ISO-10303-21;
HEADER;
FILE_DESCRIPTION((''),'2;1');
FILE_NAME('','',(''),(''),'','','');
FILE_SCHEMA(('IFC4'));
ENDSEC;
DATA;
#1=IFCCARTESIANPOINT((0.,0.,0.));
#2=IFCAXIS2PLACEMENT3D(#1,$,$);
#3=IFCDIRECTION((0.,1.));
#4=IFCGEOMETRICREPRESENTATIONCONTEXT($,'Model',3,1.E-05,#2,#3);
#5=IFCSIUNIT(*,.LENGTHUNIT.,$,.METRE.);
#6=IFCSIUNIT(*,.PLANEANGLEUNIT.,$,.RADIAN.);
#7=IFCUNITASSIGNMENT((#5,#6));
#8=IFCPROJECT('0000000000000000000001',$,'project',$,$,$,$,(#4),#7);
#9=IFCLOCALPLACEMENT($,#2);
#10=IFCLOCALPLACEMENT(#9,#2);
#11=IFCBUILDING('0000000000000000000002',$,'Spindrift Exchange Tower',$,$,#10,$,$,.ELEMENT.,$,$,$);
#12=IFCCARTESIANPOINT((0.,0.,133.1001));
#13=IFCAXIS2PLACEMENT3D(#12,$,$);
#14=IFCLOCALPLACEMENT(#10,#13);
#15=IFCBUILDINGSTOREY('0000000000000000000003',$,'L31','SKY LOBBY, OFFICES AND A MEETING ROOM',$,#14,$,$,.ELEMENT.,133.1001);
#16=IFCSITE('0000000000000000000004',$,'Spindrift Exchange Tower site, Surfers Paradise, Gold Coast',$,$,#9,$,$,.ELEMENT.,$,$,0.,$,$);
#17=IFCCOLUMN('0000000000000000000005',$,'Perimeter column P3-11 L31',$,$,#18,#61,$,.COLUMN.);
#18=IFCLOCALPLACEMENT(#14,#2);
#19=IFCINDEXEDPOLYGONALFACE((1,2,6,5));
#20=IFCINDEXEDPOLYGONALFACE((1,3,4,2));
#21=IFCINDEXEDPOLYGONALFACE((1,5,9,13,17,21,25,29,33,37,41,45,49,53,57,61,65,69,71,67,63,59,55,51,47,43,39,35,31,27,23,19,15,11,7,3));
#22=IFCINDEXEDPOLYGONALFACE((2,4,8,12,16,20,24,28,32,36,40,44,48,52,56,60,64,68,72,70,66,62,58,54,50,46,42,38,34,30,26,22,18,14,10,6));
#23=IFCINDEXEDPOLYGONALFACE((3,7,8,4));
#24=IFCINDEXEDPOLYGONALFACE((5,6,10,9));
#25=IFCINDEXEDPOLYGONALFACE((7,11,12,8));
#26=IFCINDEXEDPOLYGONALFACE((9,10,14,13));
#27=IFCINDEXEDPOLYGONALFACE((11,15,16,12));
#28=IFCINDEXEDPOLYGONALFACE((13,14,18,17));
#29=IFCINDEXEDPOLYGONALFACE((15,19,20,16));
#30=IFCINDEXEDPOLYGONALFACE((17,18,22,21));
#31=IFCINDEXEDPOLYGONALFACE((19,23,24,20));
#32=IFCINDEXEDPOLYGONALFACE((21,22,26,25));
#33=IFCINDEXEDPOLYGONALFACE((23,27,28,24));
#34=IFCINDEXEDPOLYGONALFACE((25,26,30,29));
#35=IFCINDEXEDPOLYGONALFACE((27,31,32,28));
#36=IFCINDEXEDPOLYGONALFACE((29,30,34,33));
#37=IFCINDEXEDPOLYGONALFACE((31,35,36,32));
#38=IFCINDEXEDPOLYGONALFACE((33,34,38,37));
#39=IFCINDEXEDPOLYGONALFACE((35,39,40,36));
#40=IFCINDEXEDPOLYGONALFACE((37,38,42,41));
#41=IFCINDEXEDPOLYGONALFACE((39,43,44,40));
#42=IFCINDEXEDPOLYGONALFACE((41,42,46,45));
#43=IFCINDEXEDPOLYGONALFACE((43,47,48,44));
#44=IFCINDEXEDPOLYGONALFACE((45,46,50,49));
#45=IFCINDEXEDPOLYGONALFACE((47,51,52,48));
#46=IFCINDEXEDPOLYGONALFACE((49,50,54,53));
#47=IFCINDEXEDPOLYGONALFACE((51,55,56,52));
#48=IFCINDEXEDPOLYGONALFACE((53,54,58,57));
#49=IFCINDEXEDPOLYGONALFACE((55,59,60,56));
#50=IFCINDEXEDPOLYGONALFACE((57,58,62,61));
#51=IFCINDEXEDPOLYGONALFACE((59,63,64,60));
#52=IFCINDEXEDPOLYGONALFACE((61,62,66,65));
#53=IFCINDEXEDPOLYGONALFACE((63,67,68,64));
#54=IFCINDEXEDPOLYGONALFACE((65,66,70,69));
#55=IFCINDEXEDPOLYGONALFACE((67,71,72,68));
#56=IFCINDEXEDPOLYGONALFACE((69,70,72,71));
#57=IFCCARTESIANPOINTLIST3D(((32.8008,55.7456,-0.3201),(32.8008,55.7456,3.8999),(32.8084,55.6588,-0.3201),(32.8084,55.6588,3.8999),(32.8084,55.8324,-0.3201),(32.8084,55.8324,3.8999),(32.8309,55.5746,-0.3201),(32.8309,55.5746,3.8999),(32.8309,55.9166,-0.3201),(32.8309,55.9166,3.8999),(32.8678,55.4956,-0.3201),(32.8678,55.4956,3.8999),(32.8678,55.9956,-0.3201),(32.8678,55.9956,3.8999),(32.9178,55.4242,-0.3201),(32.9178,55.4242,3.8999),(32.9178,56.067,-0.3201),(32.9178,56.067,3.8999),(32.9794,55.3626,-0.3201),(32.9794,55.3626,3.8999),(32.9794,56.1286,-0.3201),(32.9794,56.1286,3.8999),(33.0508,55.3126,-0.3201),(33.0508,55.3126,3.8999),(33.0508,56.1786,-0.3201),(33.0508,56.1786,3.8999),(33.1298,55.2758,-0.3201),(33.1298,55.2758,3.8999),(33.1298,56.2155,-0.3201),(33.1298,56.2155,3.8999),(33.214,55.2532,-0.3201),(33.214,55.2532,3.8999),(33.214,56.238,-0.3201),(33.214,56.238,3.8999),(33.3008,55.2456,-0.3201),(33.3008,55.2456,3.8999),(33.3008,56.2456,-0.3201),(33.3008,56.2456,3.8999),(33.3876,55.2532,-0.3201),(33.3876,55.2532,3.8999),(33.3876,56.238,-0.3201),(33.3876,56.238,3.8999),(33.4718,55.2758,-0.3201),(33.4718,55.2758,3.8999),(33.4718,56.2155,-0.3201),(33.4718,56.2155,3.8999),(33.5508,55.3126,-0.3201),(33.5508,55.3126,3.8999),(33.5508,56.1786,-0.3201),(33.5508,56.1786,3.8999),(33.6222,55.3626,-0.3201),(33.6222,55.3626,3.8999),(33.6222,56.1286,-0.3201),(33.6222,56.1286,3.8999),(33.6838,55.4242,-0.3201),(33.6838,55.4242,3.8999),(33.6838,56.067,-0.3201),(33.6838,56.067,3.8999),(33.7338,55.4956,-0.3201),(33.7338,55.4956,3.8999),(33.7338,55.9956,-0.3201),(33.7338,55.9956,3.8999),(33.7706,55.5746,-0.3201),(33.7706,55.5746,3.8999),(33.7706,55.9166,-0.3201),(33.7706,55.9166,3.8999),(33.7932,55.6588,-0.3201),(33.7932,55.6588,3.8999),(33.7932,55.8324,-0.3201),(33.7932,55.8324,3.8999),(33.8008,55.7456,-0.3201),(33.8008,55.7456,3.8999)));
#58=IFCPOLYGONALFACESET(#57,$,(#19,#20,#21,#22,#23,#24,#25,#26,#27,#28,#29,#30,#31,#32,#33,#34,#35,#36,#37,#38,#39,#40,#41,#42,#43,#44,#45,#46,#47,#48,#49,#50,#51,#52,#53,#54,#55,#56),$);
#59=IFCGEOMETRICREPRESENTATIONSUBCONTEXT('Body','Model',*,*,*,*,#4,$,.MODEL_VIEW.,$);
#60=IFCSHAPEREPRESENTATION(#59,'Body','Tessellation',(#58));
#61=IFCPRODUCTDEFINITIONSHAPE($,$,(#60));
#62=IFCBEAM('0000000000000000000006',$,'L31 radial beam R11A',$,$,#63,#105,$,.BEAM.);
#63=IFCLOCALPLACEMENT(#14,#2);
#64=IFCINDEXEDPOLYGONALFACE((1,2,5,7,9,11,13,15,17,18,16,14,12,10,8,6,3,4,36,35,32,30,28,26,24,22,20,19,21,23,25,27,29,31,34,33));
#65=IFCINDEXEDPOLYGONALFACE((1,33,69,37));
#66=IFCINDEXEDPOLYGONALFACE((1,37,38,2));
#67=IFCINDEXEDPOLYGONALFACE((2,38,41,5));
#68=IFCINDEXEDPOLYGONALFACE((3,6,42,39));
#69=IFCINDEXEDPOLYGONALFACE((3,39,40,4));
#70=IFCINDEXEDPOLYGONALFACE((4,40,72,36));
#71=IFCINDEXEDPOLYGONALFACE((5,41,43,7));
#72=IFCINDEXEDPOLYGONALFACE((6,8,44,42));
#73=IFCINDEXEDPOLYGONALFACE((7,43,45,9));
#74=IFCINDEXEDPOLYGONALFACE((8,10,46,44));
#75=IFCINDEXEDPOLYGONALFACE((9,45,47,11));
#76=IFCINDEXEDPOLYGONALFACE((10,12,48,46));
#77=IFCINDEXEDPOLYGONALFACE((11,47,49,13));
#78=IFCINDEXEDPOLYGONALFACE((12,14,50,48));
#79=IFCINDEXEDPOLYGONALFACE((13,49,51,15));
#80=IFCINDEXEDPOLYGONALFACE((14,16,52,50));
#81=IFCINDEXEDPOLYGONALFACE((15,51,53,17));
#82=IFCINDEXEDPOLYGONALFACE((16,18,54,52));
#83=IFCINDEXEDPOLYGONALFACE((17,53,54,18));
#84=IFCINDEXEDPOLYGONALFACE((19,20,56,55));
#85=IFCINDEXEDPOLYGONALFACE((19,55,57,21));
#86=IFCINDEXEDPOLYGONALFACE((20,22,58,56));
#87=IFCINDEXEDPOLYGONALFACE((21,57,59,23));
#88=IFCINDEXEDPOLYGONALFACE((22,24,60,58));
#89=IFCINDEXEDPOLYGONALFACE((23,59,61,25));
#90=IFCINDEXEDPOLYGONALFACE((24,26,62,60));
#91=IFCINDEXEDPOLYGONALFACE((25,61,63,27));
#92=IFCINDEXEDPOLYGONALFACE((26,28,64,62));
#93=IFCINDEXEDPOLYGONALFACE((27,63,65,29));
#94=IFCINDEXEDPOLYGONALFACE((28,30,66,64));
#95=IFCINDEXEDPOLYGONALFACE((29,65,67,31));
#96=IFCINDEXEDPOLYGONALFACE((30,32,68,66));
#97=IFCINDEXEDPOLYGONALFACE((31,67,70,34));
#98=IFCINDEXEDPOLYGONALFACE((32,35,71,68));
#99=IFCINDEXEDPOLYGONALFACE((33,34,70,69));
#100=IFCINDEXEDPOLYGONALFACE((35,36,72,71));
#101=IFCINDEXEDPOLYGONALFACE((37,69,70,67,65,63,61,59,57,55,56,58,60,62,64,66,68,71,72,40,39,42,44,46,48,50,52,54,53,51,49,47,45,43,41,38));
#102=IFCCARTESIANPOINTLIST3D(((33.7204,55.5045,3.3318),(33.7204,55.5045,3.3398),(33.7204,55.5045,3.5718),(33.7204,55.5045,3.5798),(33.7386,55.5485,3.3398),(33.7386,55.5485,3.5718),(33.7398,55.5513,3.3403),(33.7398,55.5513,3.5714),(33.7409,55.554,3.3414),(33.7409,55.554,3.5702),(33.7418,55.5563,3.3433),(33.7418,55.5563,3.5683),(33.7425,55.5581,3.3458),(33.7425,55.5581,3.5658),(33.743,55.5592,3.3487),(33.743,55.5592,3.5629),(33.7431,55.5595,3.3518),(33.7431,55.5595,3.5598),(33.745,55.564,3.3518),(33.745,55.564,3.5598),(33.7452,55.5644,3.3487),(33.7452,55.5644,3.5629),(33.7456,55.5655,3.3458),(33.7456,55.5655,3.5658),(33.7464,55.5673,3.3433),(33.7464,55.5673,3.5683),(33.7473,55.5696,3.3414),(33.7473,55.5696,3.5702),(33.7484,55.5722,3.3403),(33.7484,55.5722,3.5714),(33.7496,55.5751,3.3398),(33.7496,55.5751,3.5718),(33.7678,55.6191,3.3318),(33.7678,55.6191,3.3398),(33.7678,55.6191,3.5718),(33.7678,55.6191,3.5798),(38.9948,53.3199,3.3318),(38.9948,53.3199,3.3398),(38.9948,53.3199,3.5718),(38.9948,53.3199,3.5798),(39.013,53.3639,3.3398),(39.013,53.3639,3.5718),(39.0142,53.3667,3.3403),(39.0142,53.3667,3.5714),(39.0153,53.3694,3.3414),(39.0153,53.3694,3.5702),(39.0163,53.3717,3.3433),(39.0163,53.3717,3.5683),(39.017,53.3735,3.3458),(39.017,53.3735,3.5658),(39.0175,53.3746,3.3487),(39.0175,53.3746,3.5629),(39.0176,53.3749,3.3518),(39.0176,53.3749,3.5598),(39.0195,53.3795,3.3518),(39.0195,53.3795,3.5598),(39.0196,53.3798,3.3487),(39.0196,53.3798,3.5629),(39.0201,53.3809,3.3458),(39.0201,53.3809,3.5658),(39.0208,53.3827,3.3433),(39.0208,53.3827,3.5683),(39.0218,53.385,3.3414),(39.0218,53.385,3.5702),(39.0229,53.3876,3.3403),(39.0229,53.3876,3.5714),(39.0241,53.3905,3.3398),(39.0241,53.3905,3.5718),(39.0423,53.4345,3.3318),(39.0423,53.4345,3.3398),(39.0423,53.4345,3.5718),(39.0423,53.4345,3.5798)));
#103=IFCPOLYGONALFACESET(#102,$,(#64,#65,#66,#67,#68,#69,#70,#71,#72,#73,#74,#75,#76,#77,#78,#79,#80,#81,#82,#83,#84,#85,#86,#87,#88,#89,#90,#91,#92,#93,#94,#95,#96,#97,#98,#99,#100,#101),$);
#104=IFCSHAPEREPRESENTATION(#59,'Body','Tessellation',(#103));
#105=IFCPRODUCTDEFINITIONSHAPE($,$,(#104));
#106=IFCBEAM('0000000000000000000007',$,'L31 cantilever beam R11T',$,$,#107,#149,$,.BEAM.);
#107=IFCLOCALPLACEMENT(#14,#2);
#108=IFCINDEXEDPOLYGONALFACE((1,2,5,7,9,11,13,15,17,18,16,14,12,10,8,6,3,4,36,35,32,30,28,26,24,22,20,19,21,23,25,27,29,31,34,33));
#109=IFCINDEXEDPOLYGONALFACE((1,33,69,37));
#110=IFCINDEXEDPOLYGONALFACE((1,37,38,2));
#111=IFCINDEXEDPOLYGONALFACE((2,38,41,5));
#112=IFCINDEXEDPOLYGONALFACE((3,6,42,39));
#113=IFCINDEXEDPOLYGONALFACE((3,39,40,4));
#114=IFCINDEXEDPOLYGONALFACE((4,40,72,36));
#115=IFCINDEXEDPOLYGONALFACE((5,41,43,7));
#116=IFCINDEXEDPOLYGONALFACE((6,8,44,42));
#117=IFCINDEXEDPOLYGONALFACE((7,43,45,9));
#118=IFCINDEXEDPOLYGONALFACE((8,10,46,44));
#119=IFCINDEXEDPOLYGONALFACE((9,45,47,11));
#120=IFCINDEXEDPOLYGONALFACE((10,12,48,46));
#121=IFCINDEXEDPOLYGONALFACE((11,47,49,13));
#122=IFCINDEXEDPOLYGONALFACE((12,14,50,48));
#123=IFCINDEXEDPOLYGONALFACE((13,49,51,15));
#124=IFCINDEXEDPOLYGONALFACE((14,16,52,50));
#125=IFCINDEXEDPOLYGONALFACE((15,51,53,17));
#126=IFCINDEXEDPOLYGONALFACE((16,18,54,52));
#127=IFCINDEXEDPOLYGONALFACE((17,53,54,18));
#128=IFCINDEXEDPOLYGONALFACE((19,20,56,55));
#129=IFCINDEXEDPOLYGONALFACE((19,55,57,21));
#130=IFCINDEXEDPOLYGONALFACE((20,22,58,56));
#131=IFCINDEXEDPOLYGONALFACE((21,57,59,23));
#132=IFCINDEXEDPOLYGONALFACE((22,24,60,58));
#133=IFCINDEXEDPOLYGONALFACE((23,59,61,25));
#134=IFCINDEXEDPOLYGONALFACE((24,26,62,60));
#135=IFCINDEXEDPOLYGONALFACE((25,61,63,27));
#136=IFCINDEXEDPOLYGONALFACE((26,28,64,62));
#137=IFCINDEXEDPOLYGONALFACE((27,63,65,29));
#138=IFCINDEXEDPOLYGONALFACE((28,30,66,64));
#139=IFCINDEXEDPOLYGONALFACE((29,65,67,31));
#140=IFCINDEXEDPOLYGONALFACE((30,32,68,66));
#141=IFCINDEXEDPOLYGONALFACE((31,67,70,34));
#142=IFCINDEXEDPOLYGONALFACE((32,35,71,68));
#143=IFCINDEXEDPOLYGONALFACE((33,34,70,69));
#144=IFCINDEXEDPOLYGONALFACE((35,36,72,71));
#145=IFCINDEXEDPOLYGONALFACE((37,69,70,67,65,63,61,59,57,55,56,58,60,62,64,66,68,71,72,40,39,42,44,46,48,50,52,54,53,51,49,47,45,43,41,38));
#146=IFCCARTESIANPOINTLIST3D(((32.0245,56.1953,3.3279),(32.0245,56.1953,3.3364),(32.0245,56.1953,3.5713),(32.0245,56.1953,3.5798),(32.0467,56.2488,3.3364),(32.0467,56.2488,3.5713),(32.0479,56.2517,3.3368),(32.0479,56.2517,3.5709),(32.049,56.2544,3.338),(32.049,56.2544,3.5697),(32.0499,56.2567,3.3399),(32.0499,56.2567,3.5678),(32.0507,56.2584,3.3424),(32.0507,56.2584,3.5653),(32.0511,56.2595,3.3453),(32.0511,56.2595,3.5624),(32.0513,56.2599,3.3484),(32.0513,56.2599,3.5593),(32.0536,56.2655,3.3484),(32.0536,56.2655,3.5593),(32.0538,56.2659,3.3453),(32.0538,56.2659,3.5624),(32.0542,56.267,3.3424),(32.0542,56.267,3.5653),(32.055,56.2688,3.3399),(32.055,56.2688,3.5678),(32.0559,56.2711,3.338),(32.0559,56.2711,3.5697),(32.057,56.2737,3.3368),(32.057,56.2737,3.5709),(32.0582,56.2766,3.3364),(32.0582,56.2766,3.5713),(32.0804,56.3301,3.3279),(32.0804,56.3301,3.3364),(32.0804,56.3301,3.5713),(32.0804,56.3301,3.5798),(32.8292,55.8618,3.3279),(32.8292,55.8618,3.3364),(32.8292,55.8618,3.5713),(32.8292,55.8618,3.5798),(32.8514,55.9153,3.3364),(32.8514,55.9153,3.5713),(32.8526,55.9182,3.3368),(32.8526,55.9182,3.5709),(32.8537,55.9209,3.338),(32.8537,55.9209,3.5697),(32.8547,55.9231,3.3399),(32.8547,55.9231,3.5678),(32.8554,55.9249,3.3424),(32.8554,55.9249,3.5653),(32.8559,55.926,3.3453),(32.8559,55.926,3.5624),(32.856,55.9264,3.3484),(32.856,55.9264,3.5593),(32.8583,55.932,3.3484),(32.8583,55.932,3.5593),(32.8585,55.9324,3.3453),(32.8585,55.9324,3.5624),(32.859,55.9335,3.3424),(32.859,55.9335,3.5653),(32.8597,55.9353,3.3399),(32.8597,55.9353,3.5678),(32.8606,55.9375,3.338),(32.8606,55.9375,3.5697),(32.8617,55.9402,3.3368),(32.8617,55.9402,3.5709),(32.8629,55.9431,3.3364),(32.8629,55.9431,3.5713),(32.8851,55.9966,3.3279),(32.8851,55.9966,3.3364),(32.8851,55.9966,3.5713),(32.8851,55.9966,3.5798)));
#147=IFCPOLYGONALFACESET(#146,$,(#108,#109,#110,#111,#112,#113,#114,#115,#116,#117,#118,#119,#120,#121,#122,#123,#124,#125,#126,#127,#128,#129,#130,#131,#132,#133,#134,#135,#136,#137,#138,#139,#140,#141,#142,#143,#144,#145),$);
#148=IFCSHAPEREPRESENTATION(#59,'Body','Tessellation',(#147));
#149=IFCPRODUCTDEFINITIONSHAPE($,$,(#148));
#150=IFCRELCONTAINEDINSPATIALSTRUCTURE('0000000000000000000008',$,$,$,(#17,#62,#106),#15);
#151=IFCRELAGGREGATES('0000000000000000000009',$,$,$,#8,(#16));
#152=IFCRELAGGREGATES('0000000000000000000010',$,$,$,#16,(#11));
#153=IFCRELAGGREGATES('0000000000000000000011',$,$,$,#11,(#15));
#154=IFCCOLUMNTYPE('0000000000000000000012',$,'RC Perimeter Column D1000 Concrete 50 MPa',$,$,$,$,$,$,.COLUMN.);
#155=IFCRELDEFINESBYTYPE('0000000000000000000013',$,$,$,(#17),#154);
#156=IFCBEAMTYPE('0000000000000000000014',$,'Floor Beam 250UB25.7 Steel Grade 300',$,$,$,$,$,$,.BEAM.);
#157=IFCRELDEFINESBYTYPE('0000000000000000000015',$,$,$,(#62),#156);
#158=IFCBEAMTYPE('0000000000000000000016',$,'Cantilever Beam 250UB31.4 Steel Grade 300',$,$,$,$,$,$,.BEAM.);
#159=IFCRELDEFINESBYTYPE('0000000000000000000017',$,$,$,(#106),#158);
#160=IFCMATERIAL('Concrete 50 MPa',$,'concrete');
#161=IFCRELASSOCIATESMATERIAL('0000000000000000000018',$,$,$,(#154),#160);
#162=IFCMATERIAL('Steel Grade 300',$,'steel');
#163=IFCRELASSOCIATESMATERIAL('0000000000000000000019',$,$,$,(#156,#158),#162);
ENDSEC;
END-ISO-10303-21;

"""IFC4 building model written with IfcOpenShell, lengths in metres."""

from ifc_helpers import new_model, si_unit, direction, frame, origin, origin_2d, place, context, subcontext, project, spatial, circle, i_section, extrude, source, transform, mapped, material, material_profile, profile_set, type_object, element, save


model = new_model("IFC4")

# Units and contexts
model_context = context("Model", 3, precision=1e-05, world=origin(), true_north=direction((0.0, 1.0)))
body_context = subcontext(model_context, "Body", "Model", "MODEL_VIEW")
ifc_project = project(units=[si_unit("LENGTHUNIT", "METRE"), si_unit("PLANEANGLEUNIT", "RADIAN")], contexts=[model_context])

# Site, building, storey
site_placement = place(None, origin())
site = spatial("IfcSite", under=ifc_project, at=site_placement, Name="Spindrift Exchange Tower site, Surfers Paradise, Gold Coast", CompositionType="ELEMENT", RefElevation=0.0)
building_placement = place(site_placement, origin())
building = spatial("IfcBuilding", under=site, at=building_placement, Name="Spindrift Exchange Tower", CompositionType="ELEMENT")
storey_placement = place(building_placement, frame((0.0, 0.0, 133.1001)))
storey = spatial("IfcBuildingStorey", under=building, at=storey_placement, Name="L31", Description="SKY LOBBY, OFFICES AND A MEETING ROOM", CompositionType="ELEMENT", Elevation=133.1001)

# Column
ifc_material_1 = material(Name="Concrete 50 MPa", Category="concrete")
ifc_material_profile_1 = material_profile(ifc_material_1, circle(Radius=0.5, at=origin_2d()), Name="RC D1000")
ifc_profile_set_1 = profile_set([ifc_material_profile_1], Name="Concrete 50 MPa")
column_type = type_object("IfcColumnType", Name="RC Perimeter Column D1000 Concrete 50 MPa", PredefinedType="COLUMN", material=ifc_profile_set_1)
shared_shape_1 = source(origin(), body_context, "Body", "SweptSolid", [
    extrude(circle(Radius=0.5, at=origin_2d()), origin(), (0.0, 0.0, 1.0), 4.22),
])
column_placement = place(storey_placement, frame((33.3008, 55.7456, -0.3201), z_axis=(0.0, 0.0, 1.0), x_axis=(1.0, 0.0, 0.0)))
element("IfcColumn", 1, at=column_placement, inside=storey, type_object=column_type, Name="Perimeter column P3-11 L31", PredefinedType="COLUMN", context=body_context, shape_type="MappedRepresentation", body=[
    mapped(shared_shape_1, transform((0.0, 0.0, 0.0), scale=1.0)),
])

# Beams
ifc_material_2 = material(Name="Steel Grade 300", Category="steel")
ifc_material_profile_2 = material_profile(ifc_material_2, i_section(OverallWidth=0.124, OverallDepth=0.248, WebThickness=0.0049, FlangeThickness=0.0081, FilletRadius=0.012, at=origin_2d()), Name="250UB25.7")
ifc_profile_set_2 = profile_set([ifc_material_profile_2], Name="Steel Grade 300")
beam_type_1 = type_object("IfcBeamType", Name="Floor Beam 250UB25.7 Steel Grade 300", PredefinedType="BEAM", material=ifc_profile_set_2)
shared_shape_2 = source(origin(), body_context, "Body", "SweptSolid", [
    extrude(i_section(OverallWidth=0.124, OverallDepth=0.248, WebThickness=0.0049, FlangeThickness=0.0081, FilletRadius=0.012, at=origin_2d()), origin(), (0.0, 0.0, 1.0), 5.709),
])
beam_1_placement = place(storey_placement, frame((39.0186, 53.3772, 3.4558), z_axis=(-0.92389, 0.382659, 0.0), x_axis=(-0.382659, -0.92389, 0.0)))
element("IfcBeam", 2, at=beam_1_placement, inside=storey, type_object=beam_type_1, Name="L31 radial beam R11A", PredefinedType="BEAM", context=body_context, shape_type="MappedRepresentation", body=[
    mapped(shared_shape_2, transform((0.0, 0.0, 0.0), scale=1.0)),
])
ifc_material_profile_3 = material_profile(ifc_material_2, i_section(OverallWidth=0.146, OverallDepth=0.252, WebThickness=0.0061, FlangeThickness=0.0085, FilletRadius=0.012, at=origin_2d()), Name="250UB31.4")
ifc_profile_set_3 = profile_set([ifc_material_profile_3], Name="Steel Grade 300")
beam_type_2 = type_object("IfcBeamType", Name="Cantilever Beam 250UB31.4 Steel Grade 300", PredefinedType="BEAM", material=ifc_profile_set_3)
shared_shape_3 = source(origin(), body_context, "Body", "SweptSolid", [
    extrude(i_section(OverallWidth=0.146, OverallDepth=0.252, WebThickness=0.0061, FlangeThickness=0.0085, FilletRadius=0.012, at=origin_2d()), origin(), (0.0, 0.0, 1.0), 0.8711),
])
beam_2_placement = place(storey_placement, frame((32.8572, 55.9292, 3.4539), z_axis=(-0.923805, 0.382863, 0.0), x_axis=(-0.382863, -0.923805, 0.0)))
element("IfcBeam", 3, at=beam_2_placement, inside=storey, type_object=beam_type_2, Name="L31 cantilever beam R11T", PredefinedType="BEAM", context=body_context, shape_type="MappedRepresentation", body=[
    mapped(shared_shape_3, transform((0.0, 0.0, 0.0), scale=1.0)),
])

save(model, "model.ifc")
